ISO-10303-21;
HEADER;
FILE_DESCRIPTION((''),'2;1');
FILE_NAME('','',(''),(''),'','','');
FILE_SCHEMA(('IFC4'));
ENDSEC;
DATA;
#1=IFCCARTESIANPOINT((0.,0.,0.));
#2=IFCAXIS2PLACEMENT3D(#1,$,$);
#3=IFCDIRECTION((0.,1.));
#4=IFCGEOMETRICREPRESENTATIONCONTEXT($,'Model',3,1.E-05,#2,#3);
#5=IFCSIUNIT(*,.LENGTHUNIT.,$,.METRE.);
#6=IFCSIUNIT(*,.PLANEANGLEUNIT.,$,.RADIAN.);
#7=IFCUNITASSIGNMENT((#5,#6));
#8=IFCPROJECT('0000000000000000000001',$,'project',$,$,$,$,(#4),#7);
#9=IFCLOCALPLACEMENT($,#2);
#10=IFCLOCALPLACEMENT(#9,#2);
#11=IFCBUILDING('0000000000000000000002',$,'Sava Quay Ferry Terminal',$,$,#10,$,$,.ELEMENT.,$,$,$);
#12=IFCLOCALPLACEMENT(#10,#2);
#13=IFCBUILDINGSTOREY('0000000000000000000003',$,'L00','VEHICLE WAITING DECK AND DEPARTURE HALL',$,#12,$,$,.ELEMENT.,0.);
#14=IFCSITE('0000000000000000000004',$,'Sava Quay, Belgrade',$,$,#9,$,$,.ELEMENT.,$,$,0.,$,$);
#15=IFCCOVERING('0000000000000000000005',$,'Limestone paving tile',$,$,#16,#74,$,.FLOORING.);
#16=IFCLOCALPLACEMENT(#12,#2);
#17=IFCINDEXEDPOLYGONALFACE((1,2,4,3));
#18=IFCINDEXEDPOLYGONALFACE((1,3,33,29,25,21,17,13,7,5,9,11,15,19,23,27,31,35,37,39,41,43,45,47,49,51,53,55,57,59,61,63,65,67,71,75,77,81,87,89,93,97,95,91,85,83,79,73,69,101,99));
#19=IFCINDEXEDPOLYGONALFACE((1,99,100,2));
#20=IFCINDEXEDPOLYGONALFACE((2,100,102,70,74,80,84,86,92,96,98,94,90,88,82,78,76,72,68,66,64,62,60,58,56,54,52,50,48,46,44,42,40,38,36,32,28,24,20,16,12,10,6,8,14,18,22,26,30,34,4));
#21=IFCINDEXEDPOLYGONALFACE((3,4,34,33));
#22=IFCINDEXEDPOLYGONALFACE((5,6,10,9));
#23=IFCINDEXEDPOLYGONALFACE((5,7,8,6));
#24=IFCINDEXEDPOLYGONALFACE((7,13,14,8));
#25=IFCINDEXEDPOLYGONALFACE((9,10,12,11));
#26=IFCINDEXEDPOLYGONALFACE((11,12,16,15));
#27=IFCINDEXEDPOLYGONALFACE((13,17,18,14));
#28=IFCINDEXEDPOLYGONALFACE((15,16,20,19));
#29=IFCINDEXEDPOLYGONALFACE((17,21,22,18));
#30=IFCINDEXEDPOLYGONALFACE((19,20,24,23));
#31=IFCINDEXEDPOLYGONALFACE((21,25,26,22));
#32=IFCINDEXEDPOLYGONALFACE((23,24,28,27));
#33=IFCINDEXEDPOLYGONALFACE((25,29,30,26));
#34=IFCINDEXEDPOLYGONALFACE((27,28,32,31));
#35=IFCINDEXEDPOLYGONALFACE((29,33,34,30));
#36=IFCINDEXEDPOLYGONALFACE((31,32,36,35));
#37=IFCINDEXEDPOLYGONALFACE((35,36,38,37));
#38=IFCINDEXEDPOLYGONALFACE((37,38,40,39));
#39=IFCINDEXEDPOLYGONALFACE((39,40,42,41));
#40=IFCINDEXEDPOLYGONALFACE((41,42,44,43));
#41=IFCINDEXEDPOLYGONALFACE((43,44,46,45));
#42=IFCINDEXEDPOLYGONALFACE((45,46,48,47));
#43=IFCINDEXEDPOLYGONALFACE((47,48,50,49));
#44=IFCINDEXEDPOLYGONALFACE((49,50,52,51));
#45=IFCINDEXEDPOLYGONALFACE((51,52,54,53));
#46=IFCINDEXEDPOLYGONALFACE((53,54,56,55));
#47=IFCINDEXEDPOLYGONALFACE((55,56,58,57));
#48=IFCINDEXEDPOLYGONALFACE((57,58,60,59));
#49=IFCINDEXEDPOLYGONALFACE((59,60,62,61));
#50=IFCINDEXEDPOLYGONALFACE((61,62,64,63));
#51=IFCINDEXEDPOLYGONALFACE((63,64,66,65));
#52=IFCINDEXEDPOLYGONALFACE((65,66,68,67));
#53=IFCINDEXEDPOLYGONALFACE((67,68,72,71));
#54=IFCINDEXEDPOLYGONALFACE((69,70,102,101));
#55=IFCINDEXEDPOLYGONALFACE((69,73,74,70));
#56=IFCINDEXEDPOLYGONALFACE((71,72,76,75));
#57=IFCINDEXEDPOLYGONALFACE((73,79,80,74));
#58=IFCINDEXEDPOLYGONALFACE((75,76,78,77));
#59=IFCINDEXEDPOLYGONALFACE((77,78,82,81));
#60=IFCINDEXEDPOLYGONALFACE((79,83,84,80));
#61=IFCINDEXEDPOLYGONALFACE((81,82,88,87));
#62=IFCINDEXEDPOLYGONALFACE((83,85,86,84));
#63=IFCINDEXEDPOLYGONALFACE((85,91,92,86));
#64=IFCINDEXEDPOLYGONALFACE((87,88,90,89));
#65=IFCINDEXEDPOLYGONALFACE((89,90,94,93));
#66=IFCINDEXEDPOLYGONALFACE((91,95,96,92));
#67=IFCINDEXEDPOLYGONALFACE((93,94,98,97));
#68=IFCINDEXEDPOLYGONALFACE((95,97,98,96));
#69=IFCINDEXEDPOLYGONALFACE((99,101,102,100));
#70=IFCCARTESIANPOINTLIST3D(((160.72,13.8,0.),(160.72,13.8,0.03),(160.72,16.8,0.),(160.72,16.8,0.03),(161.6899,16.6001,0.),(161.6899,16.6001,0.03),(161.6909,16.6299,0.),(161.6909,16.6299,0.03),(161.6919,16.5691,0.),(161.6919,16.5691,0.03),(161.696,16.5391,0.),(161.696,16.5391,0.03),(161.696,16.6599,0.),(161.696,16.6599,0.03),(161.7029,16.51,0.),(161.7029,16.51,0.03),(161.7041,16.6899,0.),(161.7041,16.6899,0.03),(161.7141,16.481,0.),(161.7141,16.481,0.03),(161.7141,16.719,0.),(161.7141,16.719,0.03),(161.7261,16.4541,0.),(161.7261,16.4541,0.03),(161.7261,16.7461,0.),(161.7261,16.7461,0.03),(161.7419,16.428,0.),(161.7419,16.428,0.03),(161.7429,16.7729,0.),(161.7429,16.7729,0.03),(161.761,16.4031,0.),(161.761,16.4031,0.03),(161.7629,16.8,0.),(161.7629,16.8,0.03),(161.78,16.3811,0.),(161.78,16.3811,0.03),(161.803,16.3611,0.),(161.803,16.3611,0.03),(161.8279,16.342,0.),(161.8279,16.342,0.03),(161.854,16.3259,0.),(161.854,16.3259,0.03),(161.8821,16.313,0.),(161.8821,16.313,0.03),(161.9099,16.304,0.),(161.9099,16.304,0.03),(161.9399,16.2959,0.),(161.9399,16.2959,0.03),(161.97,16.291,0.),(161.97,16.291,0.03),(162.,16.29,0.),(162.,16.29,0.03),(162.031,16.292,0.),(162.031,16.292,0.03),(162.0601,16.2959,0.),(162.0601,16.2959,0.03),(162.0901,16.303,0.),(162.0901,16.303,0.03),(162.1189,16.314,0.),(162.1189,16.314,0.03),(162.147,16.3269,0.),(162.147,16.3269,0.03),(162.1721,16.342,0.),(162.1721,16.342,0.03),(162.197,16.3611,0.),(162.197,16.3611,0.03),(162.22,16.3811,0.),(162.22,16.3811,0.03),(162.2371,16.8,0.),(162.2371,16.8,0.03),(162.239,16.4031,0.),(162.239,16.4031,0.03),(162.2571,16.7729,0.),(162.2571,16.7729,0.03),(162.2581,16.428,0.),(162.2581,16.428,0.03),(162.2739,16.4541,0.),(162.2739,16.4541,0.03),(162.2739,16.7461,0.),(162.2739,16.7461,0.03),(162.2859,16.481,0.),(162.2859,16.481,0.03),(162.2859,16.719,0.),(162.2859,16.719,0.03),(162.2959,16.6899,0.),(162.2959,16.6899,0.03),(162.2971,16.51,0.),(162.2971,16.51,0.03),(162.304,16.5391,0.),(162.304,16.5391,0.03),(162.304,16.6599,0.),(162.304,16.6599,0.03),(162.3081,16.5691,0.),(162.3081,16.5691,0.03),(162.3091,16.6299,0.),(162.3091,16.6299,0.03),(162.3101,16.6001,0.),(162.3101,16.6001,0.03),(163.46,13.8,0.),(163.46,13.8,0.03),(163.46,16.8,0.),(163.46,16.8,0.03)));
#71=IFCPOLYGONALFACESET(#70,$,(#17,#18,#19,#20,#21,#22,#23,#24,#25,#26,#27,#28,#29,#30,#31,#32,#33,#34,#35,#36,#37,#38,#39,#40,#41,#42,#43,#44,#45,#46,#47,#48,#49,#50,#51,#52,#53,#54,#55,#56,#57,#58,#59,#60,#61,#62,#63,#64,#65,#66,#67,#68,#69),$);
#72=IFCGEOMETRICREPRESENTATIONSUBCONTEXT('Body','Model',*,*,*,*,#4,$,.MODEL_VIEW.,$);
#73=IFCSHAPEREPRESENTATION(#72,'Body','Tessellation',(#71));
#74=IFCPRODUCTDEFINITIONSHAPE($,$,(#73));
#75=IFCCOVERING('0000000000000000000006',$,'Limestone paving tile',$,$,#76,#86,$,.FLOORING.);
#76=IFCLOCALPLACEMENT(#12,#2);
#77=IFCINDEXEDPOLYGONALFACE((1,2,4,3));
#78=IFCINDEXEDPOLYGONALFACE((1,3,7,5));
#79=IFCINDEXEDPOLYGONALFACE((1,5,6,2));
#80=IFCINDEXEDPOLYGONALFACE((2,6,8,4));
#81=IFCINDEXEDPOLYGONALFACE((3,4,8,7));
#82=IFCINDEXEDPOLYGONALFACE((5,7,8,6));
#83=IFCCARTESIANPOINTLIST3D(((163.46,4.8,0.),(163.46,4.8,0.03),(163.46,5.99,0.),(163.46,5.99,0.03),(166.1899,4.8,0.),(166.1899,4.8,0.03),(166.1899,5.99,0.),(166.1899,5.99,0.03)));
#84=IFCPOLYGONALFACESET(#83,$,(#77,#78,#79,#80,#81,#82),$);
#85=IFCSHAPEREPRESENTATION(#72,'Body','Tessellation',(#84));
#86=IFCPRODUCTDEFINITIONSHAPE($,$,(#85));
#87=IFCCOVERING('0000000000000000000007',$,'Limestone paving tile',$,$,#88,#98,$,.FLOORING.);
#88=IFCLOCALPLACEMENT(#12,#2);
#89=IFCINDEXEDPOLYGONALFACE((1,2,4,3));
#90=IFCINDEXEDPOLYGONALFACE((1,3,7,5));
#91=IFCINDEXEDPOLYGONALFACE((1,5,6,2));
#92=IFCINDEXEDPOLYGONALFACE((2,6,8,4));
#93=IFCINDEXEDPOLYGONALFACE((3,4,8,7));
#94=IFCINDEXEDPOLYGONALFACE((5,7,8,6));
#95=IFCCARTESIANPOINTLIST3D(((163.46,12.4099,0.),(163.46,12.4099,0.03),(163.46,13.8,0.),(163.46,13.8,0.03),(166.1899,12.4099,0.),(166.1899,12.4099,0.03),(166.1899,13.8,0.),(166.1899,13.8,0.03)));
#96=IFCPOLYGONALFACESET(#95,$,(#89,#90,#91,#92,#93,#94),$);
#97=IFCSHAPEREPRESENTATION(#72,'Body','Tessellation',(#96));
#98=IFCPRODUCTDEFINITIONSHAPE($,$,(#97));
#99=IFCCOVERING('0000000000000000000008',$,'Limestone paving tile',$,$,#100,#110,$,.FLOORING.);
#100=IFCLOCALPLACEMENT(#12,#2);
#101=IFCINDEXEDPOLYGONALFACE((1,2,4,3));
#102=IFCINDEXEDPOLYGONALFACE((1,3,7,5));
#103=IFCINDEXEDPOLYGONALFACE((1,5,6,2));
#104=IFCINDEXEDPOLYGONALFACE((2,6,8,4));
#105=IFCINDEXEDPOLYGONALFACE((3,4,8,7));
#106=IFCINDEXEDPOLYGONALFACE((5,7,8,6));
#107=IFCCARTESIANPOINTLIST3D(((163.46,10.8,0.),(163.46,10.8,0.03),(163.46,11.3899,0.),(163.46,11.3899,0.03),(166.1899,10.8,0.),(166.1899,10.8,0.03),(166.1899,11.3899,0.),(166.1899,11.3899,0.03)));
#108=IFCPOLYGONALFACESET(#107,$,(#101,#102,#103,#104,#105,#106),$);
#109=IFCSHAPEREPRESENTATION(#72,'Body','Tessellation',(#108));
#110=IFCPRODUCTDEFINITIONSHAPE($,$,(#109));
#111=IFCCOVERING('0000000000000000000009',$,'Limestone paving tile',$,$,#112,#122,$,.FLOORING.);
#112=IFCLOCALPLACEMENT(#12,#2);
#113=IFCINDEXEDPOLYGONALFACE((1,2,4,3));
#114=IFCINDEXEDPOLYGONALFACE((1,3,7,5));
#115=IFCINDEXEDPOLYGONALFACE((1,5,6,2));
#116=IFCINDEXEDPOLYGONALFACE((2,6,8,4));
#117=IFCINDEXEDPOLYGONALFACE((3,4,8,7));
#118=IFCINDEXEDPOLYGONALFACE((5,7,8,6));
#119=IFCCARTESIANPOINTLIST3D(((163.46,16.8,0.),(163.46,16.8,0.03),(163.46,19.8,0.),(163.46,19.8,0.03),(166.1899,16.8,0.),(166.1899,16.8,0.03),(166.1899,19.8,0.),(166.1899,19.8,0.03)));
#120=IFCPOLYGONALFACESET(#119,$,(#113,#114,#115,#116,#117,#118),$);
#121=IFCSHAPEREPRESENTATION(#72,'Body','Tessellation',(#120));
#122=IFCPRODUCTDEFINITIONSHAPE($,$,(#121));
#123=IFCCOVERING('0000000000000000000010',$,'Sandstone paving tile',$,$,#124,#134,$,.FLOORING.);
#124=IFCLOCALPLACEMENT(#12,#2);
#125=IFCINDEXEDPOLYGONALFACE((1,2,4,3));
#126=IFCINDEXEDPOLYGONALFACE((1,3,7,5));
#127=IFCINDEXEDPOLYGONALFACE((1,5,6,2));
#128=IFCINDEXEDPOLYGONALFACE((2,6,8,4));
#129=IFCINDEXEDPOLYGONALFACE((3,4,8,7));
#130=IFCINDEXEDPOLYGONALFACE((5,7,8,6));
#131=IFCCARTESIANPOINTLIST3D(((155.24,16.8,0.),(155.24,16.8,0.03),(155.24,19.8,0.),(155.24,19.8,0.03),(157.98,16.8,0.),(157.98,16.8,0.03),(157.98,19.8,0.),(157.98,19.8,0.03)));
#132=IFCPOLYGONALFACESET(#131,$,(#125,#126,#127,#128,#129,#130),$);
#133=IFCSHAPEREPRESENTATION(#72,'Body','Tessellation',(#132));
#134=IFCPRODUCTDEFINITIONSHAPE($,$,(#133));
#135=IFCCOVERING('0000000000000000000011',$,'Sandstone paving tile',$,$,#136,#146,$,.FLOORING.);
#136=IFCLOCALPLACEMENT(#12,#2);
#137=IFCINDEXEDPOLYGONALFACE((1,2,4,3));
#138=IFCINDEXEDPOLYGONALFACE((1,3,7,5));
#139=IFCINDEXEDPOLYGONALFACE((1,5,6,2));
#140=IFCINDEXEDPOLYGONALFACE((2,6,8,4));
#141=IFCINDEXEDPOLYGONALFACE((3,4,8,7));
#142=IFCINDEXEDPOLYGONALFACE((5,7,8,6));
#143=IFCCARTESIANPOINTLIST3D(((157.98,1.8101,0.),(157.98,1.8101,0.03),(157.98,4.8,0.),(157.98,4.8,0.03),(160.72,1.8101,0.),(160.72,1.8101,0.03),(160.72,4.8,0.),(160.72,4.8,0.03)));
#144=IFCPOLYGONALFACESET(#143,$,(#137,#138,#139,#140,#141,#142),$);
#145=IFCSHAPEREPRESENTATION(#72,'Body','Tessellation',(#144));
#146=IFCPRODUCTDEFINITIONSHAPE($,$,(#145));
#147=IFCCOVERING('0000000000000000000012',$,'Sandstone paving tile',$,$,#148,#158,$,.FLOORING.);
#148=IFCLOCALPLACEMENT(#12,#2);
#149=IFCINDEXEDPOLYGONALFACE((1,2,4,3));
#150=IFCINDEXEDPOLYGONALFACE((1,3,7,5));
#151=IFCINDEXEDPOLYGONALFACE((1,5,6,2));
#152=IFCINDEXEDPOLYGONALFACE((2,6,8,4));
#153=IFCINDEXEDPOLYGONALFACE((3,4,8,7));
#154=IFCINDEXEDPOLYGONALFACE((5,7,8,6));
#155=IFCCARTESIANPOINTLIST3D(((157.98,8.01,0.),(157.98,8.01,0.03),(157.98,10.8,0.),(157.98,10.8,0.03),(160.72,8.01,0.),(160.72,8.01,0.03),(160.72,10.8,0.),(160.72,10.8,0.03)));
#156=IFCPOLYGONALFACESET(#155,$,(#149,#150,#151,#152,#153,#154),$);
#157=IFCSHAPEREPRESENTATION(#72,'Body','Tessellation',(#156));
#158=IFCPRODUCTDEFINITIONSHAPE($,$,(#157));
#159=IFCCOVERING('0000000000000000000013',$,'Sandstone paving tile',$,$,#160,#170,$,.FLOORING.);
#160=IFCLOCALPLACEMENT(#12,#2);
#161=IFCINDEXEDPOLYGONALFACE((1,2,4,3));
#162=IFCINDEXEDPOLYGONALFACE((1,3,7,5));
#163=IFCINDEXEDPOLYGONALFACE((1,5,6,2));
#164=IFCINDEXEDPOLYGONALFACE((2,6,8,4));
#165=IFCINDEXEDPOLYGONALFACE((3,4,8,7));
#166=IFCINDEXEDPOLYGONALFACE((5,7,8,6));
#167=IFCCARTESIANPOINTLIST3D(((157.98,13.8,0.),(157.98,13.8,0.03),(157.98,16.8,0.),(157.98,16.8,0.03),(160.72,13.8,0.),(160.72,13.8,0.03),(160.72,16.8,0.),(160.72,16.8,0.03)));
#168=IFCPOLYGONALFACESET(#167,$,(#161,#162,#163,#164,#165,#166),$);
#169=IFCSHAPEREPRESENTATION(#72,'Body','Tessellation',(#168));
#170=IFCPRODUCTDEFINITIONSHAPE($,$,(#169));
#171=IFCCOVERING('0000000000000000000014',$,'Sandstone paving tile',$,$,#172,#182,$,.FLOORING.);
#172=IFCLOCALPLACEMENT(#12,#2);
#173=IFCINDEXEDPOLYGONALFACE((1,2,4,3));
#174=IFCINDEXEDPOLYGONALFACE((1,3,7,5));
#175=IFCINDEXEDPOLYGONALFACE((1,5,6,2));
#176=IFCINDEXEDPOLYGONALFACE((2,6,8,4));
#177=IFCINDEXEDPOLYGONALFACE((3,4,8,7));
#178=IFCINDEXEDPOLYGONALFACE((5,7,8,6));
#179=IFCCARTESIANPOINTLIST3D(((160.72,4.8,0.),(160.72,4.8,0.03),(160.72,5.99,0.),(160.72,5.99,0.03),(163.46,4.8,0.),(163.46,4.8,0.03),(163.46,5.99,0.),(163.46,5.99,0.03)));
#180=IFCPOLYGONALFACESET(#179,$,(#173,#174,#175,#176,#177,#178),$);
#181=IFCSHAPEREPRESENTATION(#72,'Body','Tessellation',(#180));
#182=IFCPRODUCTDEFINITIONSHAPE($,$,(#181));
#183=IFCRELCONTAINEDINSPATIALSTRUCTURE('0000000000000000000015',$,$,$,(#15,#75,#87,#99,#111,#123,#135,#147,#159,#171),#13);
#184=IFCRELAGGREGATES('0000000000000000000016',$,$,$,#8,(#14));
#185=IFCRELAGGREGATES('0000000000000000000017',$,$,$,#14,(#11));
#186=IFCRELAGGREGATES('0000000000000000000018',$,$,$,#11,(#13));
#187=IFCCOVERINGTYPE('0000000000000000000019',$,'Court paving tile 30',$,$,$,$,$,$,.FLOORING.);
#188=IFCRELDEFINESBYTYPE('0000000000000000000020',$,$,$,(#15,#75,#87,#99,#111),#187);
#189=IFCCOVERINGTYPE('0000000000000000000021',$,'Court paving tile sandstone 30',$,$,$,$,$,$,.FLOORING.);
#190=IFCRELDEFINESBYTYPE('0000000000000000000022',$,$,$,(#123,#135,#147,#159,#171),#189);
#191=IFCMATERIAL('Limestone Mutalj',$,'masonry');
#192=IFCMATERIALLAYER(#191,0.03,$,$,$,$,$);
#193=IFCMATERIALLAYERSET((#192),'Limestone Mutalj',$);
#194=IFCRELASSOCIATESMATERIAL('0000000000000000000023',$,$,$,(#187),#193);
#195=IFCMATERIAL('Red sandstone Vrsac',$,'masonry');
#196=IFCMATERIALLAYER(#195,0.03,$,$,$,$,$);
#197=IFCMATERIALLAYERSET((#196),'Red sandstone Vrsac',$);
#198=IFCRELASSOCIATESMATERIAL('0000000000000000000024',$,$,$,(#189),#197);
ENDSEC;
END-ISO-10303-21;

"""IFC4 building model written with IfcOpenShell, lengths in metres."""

from ifc_helpers import new_model, si_unit, direction, origin, place, context, subcontext, project, spatial, polyline, outline, extrude, material, layer, layer_set, type_object, element, save


model = new_model("IFC4")

# Units and contexts
model_context = context("Model", 3, precision=1e-05, world=origin(), true_north=direction((0.0, 1.0)))
body_context = subcontext(model_context, "Body", "Model", "MODEL_VIEW")
ifc_project = project(units=[si_unit("LENGTHUNIT", "METRE"), si_unit("PLANEANGLEUNIT", "RADIAN")], contexts=[model_context])

# Site, building, storey
site_placement = place(None, origin())
site = spatial("IfcSite", under=ifc_project, at=site_placement, Name="Sava Quay, Belgrade", CompositionType="ELEMENT", RefElevation=0.0)
building_placement = place(site_placement, origin())
building = spatial("IfcBuilding", under=site, at=building_placement, Name="Sava Quay Ferry Terminal", CompositionType="ELEMENT")
storey_placement = place(building_placement, origin())
storey = spatial("IfcBuildingStorey", under=building, at=storey_placement, Name="L00", Description="VEHICLE WAITING DECK AND DEPARTURE HALL", CompositionType="ELEMENT", Elevation=0.0)

# Coverings
ifc_material_1 = material(Name="Limestone Mutalj", Category="masonry")
ifc_layer_1 = layer(ifc_material_1, 0.03)
ifc_layer_set_1 = layer_set([ifc_layer_1], Name="Limestone Mutalj")
covering_type_1 = type_object("IfcCoveringType", Name="Court paving tile 30", PredefinedType="FLOORING", material=ifc_layer_set_1)
covering_1_placement = place(storey_placement, origin())
element("IfcCovering", 1, at=covering_1_placement, inside=storey, type_object=covering_type_1, Name="Limestone paving tile", PredefinedType="FLOORING", context=body_context, shape_type="SweptSolid", body=[
    extrude(outline(polyline([(163.46, 16.8), (162.2371, 16.8), (162.2571, 16.7729), (162.2739, 16.7461), (162.2859, 16.719), (162.2959, 16.6899), (162.304, 16.6599), (162.3091, 16.6299), (162.3101, 16.6001), (162.3081, 16.5691), (162.304, 16.5391), (162.2971, 16.51), (162.2859, 16.481), (162.2739, 16.4541), (162.2581, 16.428), (162.239, 16.4031), (162.22, 16.3811), (162.197, 16.3611), (162.1721, 16.342), (162.147, 16.3269), (162.1189, 16.314), (162.0901, 16.303), (162.0601, 16.2959), (162.031, 16.292), (162.0, 16.29), (161.97, 16.291), (161.9399, 16.2959), (161.9099, 16.304), (161.8821, 16.313), (161.854, 16.3259), (161.8279, 16.342), (161.803, 16.3611), (161.78, 16.3811), (161.761, 16.4031), (161.7419, 16.428), (161.7261, 16.4541), (161.7141, 16.481), (161.7029, 16.51), (161.696, 16.5391), (161.6919, 16.5691), (161.6899, 16.6001), (161.6909, 16.6299), (161.696, 16.6599), (161.7041, 16.6899), (161.7141, 16.719), (161.7261, 16.7461), (161.7429, 16.7729), (161.7629, 16.8), (160.72, 16.8), (160.72, 13.8), (163.46, 13.8), (163.46, 16.8)])), origin(), (0.0, 0.0, 1.0), 0.03),
])
covering_2_placement = place(storey_placement, origin())
element("IfcCovering", 2, at=covering_2_placement, inside=storey, type_object=covering_type_1, Name="Limestone paving tile", PredefinedType="FLOORING", context=body_context, shape_type="SweptSolid", body=[
    extrude(outline(polyline([(163.46, 4.8), (166.1899, 4.8), (166.1899, 5.99), (163.46, 5.99), (163.46, 4.8)])), origin(), (0.0, 0.0, 1.0), 0.03),
])
covering_3_placement = place(storey_placement, origin())
element("IfcCovering", 3, at=covering_3_placement, inside=storey, type_object=covering_type_1, Name="Limestone paving tile", PredefinedType="FLOORING", context=body_context, shape_type="SweptSolid", body=[
    extrude(outline(polyline([(163.46, 13.8), (163.46, 12.4099), (166.1899, 12.4099), (166.1899, 13.8), (163.46, 13.8)])), origin(), (0.0, 0.0, 1.0), 0.03),
])
covering_4_placement = place(storey_placement, origin())
element("IfcCovering", 4, at=covering_4_placement, inside=storey, type_object=covering_type_1, Name="Limestone paving tile", PredefinedType="FLOORING", context=body_context, shape_type="SweptSolid", body=[
    extrude(outline(polyline([(163.46, 10.8), (166.1899, 10.8), (166.1899, 11.3899), (163.46, 11.3899), (163.46, 10.8)])), origin(), (0.0, 0.0, 1.0), 0.03),
])
covering_5_placement = place(storey_placement, origin())
element("IfcCovering", 5, at=covering_5_placement, inside=storey, type_object=covering_type_1, Name="Limestone paving tile", PredefinedType="FLOORING", context=body_context, shape_type="SweptSolid", body=[
    extrude(outline(polyline([(166.1899, 19.8), (163.46, 19.8), (163.46, 16.8), (166.1899, 16.8), (166.1899, 19.8)])), origin(), (0.0, 0.0, 1.0), 0.03),
])
ifc_material_2 = material(Name="Red sandstone Vrsac", Category="masonry")
ifc_layer_2 = layer(ifc_material_2, 0.03)
ifc_layer_set_2 = layer_set([ifc_layer_2], Name="Red sandstone Vrsac")
covering_type_2 = type_object("IfcCoveringType", Name="Court paving tile sandstone 30", PredefinedType="FLOORING", material=ifc_layer_set_2)
covering_6_placement = place(storey_placement, origin())
element("IfcCovering", 6, at=covering_6_placement, inside=storey, type_object=covering_type_2, Name="Sandstone paving tile", PredefinedType="FLOORING", context=body_context, shape_type="SweptSolid", body=[
    extrude(outline(polyline([(157.98, 16.8), (157.98, 19.8), (155.24, 19.8), (155.24, 16.8), (157.98, 16.8)])), origin(), (0.0, 0.0, 1.0), 0.03),
])
covering_7_placement = place(storey_placement, origin())
element("IfcCovering", 7, at=covering_7_placement, inside=storey, type_object=covering_type_2, Name="Sandstone paving tile", PredefinedType="FLOORING", context=body_context, shape_type="SweptSolid", body=[
    extrude(outline(polyline([(157.98, 4.8), (157.98, 1.8101), (160.72, 1.8101), (160.72, 4.8), (157.98, 4.8)])), origin(), (0.0, 0.0, 1.0), 0.03),
])
covering_8_placement = place(storey_placement, origin())
element("IfcCovering", 8, at=covering_8_placement, inside=storey, type_object=covering_type_2, Name="Sandstone paving tile", PredefinedType="FLOORING", context=body_context, shape_type="SweptSolid", body=[
    extrude(outline(polyline([(157.98, 10.8), (157.98, 8.01), (160.72, 8.01), (160.72, 10.8), (157.98, 10.8)])), origin(), (0.0, 0.0, 1.0), 0.03),
])
covering_9_placement = place(storey_placement, origin())
element("IfcCovering", 9, at=covering_9_placement, inside=storey, type_object=covering_type_2, Name="Sandstone paving tile", PredefinedType="FLOORING", context=body_context, shape_type="SweptSolid", body=[
    extrude(outline(polyline([(157.98, 13.8), (160.72, 13.8), (160.72, 16.8), (157.98, 16.8), (157.98, 13.8)])), origin(), (0.0, 0.0, 1.0), 0.03),
])
covering_10_placement = place(storey_placement, origin())
element("IfcCovering", 10, at=covering_10_placement, inside=storey, type_object=covering_type_2, Name="Sandstone paving tile", PredefinedType="FLOORING", context=body_context, shape_type="SweptSolid", body=[
    extrude(outline(polyline([(163.46, 4.8), (163.46, 5.99), (160.72, 5.99), (160.72, 4.8), (163.46, 4.8)])), origin(), (0.0, 0.0, 1.0), 0.03),
])

save(model, "model.ifc")
